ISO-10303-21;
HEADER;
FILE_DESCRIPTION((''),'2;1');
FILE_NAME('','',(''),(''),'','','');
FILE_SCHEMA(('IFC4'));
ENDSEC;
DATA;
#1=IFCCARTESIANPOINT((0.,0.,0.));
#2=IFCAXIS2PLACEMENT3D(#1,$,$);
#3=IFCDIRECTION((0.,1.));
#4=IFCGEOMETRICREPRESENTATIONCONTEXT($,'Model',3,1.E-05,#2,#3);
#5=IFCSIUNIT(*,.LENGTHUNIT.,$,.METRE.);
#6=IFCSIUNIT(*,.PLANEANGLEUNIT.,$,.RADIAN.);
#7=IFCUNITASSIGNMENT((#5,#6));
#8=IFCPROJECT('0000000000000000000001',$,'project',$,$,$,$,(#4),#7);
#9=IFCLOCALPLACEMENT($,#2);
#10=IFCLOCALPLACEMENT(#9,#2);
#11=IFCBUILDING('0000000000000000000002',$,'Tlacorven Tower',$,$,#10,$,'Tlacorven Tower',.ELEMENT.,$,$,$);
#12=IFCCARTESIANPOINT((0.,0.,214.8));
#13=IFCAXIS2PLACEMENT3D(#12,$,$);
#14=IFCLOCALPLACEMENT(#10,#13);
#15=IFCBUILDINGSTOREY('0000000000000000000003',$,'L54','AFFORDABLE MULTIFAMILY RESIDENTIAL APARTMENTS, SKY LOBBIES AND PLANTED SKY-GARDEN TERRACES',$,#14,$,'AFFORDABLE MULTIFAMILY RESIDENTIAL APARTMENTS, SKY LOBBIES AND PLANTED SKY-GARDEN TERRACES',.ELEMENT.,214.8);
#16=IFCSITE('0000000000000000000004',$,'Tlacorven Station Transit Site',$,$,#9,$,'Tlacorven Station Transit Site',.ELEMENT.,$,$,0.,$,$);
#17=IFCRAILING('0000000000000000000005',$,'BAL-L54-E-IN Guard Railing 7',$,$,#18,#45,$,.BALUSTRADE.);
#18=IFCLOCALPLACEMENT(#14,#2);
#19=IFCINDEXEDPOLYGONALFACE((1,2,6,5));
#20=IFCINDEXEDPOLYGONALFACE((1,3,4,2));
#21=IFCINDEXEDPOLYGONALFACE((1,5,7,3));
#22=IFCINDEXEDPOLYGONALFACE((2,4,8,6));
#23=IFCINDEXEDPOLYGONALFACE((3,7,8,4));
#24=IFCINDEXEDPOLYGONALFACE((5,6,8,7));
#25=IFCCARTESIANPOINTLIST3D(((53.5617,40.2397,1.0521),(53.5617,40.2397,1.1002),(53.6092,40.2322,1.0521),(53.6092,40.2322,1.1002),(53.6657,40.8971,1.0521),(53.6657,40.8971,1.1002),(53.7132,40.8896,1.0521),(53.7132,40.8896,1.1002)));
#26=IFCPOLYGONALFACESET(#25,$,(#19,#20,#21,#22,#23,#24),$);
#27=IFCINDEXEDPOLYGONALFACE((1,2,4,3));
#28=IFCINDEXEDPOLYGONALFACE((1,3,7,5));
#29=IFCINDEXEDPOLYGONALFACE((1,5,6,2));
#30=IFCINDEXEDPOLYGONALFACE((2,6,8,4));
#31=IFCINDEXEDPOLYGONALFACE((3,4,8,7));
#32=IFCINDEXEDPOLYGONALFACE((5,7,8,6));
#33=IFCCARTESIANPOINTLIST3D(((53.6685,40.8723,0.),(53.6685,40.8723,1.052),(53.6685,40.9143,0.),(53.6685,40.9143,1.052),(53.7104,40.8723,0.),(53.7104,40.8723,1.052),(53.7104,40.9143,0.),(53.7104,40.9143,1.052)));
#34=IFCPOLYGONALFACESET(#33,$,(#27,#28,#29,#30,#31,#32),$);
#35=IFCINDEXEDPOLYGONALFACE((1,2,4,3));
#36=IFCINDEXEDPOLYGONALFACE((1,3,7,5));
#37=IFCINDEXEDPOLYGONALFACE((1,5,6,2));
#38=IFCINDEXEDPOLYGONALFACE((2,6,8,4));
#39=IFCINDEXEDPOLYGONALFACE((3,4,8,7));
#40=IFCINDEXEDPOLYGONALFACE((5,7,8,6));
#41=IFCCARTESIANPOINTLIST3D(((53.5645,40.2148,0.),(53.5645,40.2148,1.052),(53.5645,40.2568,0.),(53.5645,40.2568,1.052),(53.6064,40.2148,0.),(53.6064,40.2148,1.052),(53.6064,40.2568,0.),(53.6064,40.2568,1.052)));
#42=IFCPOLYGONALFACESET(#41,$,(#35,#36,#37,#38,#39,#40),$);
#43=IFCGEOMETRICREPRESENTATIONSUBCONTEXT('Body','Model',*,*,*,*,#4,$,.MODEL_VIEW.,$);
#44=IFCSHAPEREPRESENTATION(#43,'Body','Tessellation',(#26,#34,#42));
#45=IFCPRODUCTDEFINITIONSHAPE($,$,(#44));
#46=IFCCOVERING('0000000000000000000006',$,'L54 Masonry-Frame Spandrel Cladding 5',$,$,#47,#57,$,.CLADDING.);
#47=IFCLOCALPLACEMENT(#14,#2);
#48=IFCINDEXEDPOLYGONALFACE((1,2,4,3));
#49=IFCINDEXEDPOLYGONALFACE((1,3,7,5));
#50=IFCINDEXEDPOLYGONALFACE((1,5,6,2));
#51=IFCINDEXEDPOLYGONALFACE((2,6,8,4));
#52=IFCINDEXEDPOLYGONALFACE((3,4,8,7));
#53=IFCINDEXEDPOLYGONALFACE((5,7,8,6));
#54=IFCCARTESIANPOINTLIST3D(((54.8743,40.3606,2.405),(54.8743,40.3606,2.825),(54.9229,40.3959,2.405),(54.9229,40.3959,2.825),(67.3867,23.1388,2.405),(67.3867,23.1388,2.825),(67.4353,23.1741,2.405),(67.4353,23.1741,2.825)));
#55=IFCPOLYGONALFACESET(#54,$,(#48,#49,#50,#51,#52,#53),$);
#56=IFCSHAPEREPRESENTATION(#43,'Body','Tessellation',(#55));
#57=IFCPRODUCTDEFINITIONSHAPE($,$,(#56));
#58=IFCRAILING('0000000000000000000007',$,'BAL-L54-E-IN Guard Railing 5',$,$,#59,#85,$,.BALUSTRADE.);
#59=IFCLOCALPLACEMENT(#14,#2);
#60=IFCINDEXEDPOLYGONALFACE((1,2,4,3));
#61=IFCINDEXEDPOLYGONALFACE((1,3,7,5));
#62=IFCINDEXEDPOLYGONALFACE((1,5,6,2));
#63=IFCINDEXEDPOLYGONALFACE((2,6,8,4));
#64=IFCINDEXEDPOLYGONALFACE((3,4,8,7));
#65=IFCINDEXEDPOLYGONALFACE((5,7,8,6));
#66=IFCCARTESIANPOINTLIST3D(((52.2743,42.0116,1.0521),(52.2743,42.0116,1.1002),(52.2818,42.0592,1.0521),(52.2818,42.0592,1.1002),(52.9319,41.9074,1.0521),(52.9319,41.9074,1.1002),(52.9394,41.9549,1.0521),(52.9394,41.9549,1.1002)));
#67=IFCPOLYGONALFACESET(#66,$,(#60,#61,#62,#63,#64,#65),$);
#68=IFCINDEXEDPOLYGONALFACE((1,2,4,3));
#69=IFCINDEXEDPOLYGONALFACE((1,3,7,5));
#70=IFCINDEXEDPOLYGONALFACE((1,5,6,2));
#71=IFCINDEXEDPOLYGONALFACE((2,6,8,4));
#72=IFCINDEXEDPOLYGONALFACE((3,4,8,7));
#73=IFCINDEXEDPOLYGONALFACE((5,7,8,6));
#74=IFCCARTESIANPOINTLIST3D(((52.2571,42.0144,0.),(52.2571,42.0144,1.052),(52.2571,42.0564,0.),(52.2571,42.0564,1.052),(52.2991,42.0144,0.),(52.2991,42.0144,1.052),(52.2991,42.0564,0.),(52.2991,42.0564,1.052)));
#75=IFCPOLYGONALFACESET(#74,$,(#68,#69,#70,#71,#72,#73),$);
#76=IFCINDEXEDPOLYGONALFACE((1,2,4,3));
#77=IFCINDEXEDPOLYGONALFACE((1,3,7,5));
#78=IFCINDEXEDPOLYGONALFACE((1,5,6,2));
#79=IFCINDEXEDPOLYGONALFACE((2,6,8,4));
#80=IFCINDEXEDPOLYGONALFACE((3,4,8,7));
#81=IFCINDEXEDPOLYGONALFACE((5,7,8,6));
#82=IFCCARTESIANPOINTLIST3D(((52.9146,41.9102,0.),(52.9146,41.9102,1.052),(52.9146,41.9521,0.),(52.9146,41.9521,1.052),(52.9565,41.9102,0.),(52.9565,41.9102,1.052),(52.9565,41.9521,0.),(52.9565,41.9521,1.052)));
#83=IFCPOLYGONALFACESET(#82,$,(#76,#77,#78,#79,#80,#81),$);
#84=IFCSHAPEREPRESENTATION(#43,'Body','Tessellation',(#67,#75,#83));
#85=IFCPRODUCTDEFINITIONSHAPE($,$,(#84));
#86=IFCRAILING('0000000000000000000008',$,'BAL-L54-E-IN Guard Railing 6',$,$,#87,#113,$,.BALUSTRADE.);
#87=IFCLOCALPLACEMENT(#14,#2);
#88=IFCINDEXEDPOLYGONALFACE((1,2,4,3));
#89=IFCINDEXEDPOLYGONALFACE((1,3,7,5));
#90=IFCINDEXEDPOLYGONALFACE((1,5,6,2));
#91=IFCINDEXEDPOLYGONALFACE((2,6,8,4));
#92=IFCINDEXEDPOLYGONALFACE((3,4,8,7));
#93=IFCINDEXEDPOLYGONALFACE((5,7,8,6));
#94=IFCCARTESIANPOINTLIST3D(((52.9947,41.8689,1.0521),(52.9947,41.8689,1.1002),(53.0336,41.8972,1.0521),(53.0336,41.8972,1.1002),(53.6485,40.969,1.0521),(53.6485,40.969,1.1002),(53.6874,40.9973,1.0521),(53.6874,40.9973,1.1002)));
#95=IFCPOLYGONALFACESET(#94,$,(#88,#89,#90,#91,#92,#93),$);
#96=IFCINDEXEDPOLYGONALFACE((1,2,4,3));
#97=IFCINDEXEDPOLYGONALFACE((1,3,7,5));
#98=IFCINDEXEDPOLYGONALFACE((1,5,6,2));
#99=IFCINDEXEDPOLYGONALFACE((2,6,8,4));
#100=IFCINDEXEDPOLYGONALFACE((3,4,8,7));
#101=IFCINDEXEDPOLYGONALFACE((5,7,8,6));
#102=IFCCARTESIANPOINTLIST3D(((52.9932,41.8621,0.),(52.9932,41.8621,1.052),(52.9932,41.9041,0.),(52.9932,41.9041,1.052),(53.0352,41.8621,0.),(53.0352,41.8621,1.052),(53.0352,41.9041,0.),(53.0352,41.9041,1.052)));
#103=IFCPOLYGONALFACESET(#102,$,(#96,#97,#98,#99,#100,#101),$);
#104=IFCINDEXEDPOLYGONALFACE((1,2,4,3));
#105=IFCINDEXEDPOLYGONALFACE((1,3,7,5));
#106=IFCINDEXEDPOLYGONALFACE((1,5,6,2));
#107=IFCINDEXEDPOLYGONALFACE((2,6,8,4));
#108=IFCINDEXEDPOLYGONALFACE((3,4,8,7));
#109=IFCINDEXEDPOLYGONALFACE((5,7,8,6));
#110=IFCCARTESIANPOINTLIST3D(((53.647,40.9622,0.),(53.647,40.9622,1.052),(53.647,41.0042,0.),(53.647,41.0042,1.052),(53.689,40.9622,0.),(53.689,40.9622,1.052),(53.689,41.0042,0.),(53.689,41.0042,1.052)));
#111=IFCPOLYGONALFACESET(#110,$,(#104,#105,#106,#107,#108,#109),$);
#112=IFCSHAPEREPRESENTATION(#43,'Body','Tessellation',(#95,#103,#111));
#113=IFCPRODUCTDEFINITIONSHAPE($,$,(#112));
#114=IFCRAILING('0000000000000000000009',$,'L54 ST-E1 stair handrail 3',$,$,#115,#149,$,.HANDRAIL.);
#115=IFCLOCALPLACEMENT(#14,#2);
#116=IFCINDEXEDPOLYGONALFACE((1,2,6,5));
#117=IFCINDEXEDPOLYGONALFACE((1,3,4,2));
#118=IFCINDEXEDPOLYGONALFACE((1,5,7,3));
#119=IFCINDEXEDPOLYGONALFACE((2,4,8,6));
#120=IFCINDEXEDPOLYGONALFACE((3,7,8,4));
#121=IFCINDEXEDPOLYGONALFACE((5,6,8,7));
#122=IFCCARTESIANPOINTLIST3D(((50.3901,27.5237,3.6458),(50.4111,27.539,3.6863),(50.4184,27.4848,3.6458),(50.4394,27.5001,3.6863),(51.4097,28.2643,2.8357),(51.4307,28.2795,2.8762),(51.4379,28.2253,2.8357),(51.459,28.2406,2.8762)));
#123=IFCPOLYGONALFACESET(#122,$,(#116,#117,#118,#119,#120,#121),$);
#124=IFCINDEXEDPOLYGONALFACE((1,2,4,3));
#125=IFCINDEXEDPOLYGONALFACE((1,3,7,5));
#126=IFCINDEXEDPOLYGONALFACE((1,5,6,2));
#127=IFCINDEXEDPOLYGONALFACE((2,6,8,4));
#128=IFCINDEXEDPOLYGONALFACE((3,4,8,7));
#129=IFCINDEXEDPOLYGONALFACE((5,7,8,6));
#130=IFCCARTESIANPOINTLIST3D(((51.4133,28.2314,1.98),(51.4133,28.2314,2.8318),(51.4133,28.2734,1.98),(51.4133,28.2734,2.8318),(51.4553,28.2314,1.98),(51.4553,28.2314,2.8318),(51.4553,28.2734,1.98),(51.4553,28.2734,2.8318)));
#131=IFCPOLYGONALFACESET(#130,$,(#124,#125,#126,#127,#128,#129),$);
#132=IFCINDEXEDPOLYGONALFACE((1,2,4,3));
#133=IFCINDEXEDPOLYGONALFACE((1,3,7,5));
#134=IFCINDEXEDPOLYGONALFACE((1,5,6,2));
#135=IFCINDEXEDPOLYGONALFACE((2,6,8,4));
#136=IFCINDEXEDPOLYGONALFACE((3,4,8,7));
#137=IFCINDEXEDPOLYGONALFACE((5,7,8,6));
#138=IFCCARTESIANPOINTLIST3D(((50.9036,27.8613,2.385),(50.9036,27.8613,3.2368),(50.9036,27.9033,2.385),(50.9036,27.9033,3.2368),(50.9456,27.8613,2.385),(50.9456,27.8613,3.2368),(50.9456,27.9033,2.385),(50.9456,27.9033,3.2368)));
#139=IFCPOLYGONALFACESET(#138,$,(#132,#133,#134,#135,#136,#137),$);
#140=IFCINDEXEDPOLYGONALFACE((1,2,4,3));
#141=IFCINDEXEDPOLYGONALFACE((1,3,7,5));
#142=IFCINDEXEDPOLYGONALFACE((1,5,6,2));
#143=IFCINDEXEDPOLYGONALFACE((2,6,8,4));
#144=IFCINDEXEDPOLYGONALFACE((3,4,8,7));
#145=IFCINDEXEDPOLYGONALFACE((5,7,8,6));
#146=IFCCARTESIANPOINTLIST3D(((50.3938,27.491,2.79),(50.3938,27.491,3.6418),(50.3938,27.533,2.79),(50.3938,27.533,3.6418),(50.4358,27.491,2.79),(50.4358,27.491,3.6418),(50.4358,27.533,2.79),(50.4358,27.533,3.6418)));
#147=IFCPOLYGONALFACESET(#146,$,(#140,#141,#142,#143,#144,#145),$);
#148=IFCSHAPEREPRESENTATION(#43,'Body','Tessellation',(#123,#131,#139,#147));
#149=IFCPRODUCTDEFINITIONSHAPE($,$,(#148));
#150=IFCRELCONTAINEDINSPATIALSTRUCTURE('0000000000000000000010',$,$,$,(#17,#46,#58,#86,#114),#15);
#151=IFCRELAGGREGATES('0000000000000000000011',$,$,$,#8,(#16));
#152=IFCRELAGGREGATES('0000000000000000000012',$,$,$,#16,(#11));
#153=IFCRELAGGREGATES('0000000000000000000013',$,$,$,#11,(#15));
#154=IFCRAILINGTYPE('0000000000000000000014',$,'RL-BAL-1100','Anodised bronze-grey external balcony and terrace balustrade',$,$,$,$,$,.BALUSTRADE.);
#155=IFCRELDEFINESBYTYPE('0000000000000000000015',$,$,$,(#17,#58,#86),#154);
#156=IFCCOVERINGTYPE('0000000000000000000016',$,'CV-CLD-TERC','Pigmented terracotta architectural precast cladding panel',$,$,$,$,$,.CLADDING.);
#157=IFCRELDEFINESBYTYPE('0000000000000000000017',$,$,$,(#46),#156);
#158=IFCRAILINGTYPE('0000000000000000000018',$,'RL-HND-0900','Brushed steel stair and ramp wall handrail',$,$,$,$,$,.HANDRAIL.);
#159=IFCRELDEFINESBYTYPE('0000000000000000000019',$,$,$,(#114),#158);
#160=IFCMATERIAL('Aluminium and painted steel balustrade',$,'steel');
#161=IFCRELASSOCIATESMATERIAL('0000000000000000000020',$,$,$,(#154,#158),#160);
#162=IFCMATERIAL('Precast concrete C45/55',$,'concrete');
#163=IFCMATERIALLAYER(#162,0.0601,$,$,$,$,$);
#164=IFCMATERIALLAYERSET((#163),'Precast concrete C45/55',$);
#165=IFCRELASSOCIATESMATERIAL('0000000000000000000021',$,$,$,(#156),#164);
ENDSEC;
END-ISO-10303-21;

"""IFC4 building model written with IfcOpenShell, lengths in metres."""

from ifc_helpers import new_model, si_unit, direction, frame, origin, origin_2d, place, context, subcontext, project, spatial, rectangle, extrude, source, transform, mapped, material, layer, layer_set, type_object, element, save


model = new_model("IFC4")

# Units and contexts
model_context = context("Model", 3, precision=1e-05, world=origin(), true_north=direction((0.0, 1.0)))
body_context = subcontext(model_context, "Body", "Model", "MODEL_VIEW")
ifc_project = project(units=[si_unit("LENGTHUNIT", "METRE"), si_unit("PLANEANGLEUNIT", "RADIAN")], contexts=[model_context])

# Site, building, storey
site_placement = place(None, origin())
site = spatial("IfcSite", under=ifc_project, at=site_placement, Name="Tlacorven Station Transit Site", LongName="Tlacorven Station Transit Site", CompositionType="ELEMENT", RefElevation=0.0)
building_placement = place(site_placement, origin())
building = spatial("IfcBuilding", under=site, at=building_placement, Name="Tlacorven Tower", LongName="Tlacorven Tower", CompositionType="ELEMENT")
storey_placement = place(building_placement, frame((0.0, 0.0, 214.8)))
storey = spatial("IfcBuildingStorey", under=building, at=storey_placement, Name="L54", Description="AFFORDABLE MULTIFAMILY RESIDENTIAL APARTMENTS, SKY LOBBIES AND PLANTED SKY-GARDEN TERRACES", LongName="AFFORDABLE MULTIFAMILY RESIDENTIAL APARTMENTS, SKY LOBBIES AND PLANTED SKY-GARDEN TERRACES", CompositionType="ELEMENT", Elevation=214.8)

# Shared definitions
ifc_material_1 = material(Name="Precast concrete C45/55", Category="concrete")

# Railing
ifc_material_2 = material(Name="Aluminium and painted steel balustrade", Category="steel")
railing_type_1 = type_object("IfcRailingType", Name="RL-BAL-1100", Description="Anodised bronze-grey external balcony and terrace balustrade", PredefinedType="BALUSTRADE", material=ifc_material_2)
shared_shape_1 = source(origin(), body_context, "Body", "SweptSolid", [
    extrude(rectangle(XDim=0.0481, YDim=0.0481, at=origin_2d()), frame((0.0, 0.0, 1.0762), z_axis=(-0.156245, -0.987718, 0.0), x_axis=(0.987718, -0.156245, 0.0)), (0.0, 0.0, 1.0), 0.6655),
    extrude(rectangle(XDim=0.042, YDim=0.042, at=origin_2d()), origin(), (0.0, 0.0, 1.0), 1.052),
    extrude(rectangle(XDim=0.042, YDim=0.042, at=origin_2d()), frame((-0.104, -0.6575, 0.0)), (0.0, 0.0, 1.0), 1.052),
])
railing_1_placement = place(storey_placement, frame((53.6895, 40.8933, 0.0)))
element("IfcRailing", 1, at=railing_1_placement, inside=storey, type_object=railing_type_1, Name="BAL-L54-E-IN Guard Railing 7", PredefinedType="BALUSTRADE", context=body_context, shape_type="MappedRepresentation", body=[
    mapped(shared_shape_1, transform((0.0, 0.0, 0.0), scale=1.0)),
])

# Covering
ifc_layer_1 = layer(ifc_material_1, 0.0601)
ifc_layer_set_1 = layer_set([ifc_layer_1], Name="Precast concrete C45/55")
covering_type = type_object("IfcCoveringType", Name="CV-CLD-TERC", Description="Pigmented terracotta architectural precast cladding panel", PredefinedType="CLADDING", material=ifc_layer_set_1)
shared_shape_2 = source(origin(), body_context, "Body", "SweptSolid", [
    extrude(rectangle(XDim=21.2874, YDim=0.0601, at=origin_2d()), origin(), (0.0, 0.0, 1.0), 0.4199),
])
covering_placement = place(storey_placement, frame((61.1548, 31.7673, 2.405), z_axis=(0.0, 0.0, 1.0), x_axis=(0.587785, -0.809017, 0.0)))
element("IfcCovering", 2, at=covering_placement, inside=storey, type_object=covering_type, Name="L54 Masonry-Frame Spandrel Cladding 5", PredefinedType="CLADDING", context=body_context, shape_type="MappedRepresentation", body=[
    mapped(shared_shape_2, transform((0.0, 0.0, 0.0), scale=1.0)),
])

# Railings
shared_shape_3 = source(origin(), body_context, "Body", "SweptSolid", [
    extrude(rectangle(XDim=0.0481, YDim=0.0481, at=origin_2d()), frame((0.0, 0.0, 1.0762), z_axis=(0.987662, -0.156603, 0.0), x_axis=(0.156603, 0.987662, 0.0)), (0.0, 0.0, 1.0), 0.6658),
    extrude(rectangle(XDim=0.042, YDim=0.042, at=origin_2d()), origin(), (0.0, 0.0, 1.0), 1.052),
    extrude(rectangle(XDim=0.042, YDim=0.042, at=origin_2d()), frame((0.6575, -0.1042, 0.0)), (0.0, 0.0, 1.0), 1.052),
])
railing_2_placement = place(storey_placement, frame((52.2781, 42.0354, 0.0)))
element("IfcRailing", 3, at=railing_2_placement, inside=storey, type_object=railing_type_1, Name="BAL-L54-E-IN Guard Railing 5", PredefinedType="BALUSTRADE", context=body_context, shape_type="MappedRepresentation", body=[
    mapped(shared_shape_3, transform((0.0, 0.0, 0.0), scale=1.0)),
])
shared_shape_4 = source(origin(), body_context, "Body", "SweptSolid", [
    extrude(rectangle(XDim=0.0481, YDim=0.0481, at=origin_2d()), frame((0.0, 0.0, 1.0762), z_axis=(0.58778, -0.809021, 0.0), x_axis=(0.809021, 0.58778, 0.0)), (0.0, 0.0, 1.0), 1.1123),
    extrude(rectangle(XDim=0.042, YDim=0.042, at=origin_2d()), origin(), (0.0, 0.0, 1.0), 1.052),
    extrude(rectangle(XDim=0.042, YDim=0.042, at=origin_2d()), frame((0.6538, -0.8999, 0.0)), (0.0, 0.0, 1.0), 1.052),
])
railing_3_placement = place(storey_placement, frame((53.0142, 41.8831, 0.0)))
element("IfcRailing", 4, at=railing_3_placement, inside=storey, type_object=railing_type_1, Name="BAL-L54-E-IN Guard Railing 6", PredefinedType="BALUSTRADE", context=body_context, shape_type="MappedRepresentation", body=[
    mapped(shared_shape_4, transform((0.0, 0.0, 0.0), scale=1.0)),
])
railing_type_2 = type_object("IfcRailingType", Name="RL-HND-0900", Description="Brushed steel stair and ramp wall handrail", PredefinedType="HANDRAIL", material=ifc_material_2)
shared_shape_5 = source(origin(), body_context, "Body", "SweptSolid", [
    extrude(rectangle(XDim=0.0481, YDim=0.0481, at=origin_2d()), frame((0.0, 0.0, 0.876), z_axis=(-0.680604, -0.494318, 0.540767), x_axis=(0.587653, -0.809113, 0.0)), (0.0, 0.0, 1.0), 1.498),
    extrude(rectangle(XDim=0.042, YDim=0.042, at=origin_2d()), origin(), (0.0, 0.0, 1.0), 0.8518),
    extrude(rectangle(XDim=0.042, YDim=0.042, at=origin_2d()), frame((-0.5098, -0.3701, 0.405)), (0.0, 0.0, 1.0), 0.8518),
    extrude(rectangle(XDim=0.042, YDim=0.042, at=origin_2d()), frame((-1.0195, -0.7405, 0.8101)), (0.0, 0.0, 1.0), 0.8518),
])
railing_4_placement = place(storey_placement, frame((51.4343, 28.2524, 1.98)))
element("IfcRailing", 5, at=railing_4_placement, inside=storey, type_object=railing_type_2, Name="L54 ST-E1 stair handrail 3", PredefinedType="HANDRAIL", context=body_context, shape_type="MappedRepresentation", body=[
    mapped(shared_shape_5, transform((0.0, 0.0, 0.0), scale=1.0)),
])

save(model, "model.ifc")
